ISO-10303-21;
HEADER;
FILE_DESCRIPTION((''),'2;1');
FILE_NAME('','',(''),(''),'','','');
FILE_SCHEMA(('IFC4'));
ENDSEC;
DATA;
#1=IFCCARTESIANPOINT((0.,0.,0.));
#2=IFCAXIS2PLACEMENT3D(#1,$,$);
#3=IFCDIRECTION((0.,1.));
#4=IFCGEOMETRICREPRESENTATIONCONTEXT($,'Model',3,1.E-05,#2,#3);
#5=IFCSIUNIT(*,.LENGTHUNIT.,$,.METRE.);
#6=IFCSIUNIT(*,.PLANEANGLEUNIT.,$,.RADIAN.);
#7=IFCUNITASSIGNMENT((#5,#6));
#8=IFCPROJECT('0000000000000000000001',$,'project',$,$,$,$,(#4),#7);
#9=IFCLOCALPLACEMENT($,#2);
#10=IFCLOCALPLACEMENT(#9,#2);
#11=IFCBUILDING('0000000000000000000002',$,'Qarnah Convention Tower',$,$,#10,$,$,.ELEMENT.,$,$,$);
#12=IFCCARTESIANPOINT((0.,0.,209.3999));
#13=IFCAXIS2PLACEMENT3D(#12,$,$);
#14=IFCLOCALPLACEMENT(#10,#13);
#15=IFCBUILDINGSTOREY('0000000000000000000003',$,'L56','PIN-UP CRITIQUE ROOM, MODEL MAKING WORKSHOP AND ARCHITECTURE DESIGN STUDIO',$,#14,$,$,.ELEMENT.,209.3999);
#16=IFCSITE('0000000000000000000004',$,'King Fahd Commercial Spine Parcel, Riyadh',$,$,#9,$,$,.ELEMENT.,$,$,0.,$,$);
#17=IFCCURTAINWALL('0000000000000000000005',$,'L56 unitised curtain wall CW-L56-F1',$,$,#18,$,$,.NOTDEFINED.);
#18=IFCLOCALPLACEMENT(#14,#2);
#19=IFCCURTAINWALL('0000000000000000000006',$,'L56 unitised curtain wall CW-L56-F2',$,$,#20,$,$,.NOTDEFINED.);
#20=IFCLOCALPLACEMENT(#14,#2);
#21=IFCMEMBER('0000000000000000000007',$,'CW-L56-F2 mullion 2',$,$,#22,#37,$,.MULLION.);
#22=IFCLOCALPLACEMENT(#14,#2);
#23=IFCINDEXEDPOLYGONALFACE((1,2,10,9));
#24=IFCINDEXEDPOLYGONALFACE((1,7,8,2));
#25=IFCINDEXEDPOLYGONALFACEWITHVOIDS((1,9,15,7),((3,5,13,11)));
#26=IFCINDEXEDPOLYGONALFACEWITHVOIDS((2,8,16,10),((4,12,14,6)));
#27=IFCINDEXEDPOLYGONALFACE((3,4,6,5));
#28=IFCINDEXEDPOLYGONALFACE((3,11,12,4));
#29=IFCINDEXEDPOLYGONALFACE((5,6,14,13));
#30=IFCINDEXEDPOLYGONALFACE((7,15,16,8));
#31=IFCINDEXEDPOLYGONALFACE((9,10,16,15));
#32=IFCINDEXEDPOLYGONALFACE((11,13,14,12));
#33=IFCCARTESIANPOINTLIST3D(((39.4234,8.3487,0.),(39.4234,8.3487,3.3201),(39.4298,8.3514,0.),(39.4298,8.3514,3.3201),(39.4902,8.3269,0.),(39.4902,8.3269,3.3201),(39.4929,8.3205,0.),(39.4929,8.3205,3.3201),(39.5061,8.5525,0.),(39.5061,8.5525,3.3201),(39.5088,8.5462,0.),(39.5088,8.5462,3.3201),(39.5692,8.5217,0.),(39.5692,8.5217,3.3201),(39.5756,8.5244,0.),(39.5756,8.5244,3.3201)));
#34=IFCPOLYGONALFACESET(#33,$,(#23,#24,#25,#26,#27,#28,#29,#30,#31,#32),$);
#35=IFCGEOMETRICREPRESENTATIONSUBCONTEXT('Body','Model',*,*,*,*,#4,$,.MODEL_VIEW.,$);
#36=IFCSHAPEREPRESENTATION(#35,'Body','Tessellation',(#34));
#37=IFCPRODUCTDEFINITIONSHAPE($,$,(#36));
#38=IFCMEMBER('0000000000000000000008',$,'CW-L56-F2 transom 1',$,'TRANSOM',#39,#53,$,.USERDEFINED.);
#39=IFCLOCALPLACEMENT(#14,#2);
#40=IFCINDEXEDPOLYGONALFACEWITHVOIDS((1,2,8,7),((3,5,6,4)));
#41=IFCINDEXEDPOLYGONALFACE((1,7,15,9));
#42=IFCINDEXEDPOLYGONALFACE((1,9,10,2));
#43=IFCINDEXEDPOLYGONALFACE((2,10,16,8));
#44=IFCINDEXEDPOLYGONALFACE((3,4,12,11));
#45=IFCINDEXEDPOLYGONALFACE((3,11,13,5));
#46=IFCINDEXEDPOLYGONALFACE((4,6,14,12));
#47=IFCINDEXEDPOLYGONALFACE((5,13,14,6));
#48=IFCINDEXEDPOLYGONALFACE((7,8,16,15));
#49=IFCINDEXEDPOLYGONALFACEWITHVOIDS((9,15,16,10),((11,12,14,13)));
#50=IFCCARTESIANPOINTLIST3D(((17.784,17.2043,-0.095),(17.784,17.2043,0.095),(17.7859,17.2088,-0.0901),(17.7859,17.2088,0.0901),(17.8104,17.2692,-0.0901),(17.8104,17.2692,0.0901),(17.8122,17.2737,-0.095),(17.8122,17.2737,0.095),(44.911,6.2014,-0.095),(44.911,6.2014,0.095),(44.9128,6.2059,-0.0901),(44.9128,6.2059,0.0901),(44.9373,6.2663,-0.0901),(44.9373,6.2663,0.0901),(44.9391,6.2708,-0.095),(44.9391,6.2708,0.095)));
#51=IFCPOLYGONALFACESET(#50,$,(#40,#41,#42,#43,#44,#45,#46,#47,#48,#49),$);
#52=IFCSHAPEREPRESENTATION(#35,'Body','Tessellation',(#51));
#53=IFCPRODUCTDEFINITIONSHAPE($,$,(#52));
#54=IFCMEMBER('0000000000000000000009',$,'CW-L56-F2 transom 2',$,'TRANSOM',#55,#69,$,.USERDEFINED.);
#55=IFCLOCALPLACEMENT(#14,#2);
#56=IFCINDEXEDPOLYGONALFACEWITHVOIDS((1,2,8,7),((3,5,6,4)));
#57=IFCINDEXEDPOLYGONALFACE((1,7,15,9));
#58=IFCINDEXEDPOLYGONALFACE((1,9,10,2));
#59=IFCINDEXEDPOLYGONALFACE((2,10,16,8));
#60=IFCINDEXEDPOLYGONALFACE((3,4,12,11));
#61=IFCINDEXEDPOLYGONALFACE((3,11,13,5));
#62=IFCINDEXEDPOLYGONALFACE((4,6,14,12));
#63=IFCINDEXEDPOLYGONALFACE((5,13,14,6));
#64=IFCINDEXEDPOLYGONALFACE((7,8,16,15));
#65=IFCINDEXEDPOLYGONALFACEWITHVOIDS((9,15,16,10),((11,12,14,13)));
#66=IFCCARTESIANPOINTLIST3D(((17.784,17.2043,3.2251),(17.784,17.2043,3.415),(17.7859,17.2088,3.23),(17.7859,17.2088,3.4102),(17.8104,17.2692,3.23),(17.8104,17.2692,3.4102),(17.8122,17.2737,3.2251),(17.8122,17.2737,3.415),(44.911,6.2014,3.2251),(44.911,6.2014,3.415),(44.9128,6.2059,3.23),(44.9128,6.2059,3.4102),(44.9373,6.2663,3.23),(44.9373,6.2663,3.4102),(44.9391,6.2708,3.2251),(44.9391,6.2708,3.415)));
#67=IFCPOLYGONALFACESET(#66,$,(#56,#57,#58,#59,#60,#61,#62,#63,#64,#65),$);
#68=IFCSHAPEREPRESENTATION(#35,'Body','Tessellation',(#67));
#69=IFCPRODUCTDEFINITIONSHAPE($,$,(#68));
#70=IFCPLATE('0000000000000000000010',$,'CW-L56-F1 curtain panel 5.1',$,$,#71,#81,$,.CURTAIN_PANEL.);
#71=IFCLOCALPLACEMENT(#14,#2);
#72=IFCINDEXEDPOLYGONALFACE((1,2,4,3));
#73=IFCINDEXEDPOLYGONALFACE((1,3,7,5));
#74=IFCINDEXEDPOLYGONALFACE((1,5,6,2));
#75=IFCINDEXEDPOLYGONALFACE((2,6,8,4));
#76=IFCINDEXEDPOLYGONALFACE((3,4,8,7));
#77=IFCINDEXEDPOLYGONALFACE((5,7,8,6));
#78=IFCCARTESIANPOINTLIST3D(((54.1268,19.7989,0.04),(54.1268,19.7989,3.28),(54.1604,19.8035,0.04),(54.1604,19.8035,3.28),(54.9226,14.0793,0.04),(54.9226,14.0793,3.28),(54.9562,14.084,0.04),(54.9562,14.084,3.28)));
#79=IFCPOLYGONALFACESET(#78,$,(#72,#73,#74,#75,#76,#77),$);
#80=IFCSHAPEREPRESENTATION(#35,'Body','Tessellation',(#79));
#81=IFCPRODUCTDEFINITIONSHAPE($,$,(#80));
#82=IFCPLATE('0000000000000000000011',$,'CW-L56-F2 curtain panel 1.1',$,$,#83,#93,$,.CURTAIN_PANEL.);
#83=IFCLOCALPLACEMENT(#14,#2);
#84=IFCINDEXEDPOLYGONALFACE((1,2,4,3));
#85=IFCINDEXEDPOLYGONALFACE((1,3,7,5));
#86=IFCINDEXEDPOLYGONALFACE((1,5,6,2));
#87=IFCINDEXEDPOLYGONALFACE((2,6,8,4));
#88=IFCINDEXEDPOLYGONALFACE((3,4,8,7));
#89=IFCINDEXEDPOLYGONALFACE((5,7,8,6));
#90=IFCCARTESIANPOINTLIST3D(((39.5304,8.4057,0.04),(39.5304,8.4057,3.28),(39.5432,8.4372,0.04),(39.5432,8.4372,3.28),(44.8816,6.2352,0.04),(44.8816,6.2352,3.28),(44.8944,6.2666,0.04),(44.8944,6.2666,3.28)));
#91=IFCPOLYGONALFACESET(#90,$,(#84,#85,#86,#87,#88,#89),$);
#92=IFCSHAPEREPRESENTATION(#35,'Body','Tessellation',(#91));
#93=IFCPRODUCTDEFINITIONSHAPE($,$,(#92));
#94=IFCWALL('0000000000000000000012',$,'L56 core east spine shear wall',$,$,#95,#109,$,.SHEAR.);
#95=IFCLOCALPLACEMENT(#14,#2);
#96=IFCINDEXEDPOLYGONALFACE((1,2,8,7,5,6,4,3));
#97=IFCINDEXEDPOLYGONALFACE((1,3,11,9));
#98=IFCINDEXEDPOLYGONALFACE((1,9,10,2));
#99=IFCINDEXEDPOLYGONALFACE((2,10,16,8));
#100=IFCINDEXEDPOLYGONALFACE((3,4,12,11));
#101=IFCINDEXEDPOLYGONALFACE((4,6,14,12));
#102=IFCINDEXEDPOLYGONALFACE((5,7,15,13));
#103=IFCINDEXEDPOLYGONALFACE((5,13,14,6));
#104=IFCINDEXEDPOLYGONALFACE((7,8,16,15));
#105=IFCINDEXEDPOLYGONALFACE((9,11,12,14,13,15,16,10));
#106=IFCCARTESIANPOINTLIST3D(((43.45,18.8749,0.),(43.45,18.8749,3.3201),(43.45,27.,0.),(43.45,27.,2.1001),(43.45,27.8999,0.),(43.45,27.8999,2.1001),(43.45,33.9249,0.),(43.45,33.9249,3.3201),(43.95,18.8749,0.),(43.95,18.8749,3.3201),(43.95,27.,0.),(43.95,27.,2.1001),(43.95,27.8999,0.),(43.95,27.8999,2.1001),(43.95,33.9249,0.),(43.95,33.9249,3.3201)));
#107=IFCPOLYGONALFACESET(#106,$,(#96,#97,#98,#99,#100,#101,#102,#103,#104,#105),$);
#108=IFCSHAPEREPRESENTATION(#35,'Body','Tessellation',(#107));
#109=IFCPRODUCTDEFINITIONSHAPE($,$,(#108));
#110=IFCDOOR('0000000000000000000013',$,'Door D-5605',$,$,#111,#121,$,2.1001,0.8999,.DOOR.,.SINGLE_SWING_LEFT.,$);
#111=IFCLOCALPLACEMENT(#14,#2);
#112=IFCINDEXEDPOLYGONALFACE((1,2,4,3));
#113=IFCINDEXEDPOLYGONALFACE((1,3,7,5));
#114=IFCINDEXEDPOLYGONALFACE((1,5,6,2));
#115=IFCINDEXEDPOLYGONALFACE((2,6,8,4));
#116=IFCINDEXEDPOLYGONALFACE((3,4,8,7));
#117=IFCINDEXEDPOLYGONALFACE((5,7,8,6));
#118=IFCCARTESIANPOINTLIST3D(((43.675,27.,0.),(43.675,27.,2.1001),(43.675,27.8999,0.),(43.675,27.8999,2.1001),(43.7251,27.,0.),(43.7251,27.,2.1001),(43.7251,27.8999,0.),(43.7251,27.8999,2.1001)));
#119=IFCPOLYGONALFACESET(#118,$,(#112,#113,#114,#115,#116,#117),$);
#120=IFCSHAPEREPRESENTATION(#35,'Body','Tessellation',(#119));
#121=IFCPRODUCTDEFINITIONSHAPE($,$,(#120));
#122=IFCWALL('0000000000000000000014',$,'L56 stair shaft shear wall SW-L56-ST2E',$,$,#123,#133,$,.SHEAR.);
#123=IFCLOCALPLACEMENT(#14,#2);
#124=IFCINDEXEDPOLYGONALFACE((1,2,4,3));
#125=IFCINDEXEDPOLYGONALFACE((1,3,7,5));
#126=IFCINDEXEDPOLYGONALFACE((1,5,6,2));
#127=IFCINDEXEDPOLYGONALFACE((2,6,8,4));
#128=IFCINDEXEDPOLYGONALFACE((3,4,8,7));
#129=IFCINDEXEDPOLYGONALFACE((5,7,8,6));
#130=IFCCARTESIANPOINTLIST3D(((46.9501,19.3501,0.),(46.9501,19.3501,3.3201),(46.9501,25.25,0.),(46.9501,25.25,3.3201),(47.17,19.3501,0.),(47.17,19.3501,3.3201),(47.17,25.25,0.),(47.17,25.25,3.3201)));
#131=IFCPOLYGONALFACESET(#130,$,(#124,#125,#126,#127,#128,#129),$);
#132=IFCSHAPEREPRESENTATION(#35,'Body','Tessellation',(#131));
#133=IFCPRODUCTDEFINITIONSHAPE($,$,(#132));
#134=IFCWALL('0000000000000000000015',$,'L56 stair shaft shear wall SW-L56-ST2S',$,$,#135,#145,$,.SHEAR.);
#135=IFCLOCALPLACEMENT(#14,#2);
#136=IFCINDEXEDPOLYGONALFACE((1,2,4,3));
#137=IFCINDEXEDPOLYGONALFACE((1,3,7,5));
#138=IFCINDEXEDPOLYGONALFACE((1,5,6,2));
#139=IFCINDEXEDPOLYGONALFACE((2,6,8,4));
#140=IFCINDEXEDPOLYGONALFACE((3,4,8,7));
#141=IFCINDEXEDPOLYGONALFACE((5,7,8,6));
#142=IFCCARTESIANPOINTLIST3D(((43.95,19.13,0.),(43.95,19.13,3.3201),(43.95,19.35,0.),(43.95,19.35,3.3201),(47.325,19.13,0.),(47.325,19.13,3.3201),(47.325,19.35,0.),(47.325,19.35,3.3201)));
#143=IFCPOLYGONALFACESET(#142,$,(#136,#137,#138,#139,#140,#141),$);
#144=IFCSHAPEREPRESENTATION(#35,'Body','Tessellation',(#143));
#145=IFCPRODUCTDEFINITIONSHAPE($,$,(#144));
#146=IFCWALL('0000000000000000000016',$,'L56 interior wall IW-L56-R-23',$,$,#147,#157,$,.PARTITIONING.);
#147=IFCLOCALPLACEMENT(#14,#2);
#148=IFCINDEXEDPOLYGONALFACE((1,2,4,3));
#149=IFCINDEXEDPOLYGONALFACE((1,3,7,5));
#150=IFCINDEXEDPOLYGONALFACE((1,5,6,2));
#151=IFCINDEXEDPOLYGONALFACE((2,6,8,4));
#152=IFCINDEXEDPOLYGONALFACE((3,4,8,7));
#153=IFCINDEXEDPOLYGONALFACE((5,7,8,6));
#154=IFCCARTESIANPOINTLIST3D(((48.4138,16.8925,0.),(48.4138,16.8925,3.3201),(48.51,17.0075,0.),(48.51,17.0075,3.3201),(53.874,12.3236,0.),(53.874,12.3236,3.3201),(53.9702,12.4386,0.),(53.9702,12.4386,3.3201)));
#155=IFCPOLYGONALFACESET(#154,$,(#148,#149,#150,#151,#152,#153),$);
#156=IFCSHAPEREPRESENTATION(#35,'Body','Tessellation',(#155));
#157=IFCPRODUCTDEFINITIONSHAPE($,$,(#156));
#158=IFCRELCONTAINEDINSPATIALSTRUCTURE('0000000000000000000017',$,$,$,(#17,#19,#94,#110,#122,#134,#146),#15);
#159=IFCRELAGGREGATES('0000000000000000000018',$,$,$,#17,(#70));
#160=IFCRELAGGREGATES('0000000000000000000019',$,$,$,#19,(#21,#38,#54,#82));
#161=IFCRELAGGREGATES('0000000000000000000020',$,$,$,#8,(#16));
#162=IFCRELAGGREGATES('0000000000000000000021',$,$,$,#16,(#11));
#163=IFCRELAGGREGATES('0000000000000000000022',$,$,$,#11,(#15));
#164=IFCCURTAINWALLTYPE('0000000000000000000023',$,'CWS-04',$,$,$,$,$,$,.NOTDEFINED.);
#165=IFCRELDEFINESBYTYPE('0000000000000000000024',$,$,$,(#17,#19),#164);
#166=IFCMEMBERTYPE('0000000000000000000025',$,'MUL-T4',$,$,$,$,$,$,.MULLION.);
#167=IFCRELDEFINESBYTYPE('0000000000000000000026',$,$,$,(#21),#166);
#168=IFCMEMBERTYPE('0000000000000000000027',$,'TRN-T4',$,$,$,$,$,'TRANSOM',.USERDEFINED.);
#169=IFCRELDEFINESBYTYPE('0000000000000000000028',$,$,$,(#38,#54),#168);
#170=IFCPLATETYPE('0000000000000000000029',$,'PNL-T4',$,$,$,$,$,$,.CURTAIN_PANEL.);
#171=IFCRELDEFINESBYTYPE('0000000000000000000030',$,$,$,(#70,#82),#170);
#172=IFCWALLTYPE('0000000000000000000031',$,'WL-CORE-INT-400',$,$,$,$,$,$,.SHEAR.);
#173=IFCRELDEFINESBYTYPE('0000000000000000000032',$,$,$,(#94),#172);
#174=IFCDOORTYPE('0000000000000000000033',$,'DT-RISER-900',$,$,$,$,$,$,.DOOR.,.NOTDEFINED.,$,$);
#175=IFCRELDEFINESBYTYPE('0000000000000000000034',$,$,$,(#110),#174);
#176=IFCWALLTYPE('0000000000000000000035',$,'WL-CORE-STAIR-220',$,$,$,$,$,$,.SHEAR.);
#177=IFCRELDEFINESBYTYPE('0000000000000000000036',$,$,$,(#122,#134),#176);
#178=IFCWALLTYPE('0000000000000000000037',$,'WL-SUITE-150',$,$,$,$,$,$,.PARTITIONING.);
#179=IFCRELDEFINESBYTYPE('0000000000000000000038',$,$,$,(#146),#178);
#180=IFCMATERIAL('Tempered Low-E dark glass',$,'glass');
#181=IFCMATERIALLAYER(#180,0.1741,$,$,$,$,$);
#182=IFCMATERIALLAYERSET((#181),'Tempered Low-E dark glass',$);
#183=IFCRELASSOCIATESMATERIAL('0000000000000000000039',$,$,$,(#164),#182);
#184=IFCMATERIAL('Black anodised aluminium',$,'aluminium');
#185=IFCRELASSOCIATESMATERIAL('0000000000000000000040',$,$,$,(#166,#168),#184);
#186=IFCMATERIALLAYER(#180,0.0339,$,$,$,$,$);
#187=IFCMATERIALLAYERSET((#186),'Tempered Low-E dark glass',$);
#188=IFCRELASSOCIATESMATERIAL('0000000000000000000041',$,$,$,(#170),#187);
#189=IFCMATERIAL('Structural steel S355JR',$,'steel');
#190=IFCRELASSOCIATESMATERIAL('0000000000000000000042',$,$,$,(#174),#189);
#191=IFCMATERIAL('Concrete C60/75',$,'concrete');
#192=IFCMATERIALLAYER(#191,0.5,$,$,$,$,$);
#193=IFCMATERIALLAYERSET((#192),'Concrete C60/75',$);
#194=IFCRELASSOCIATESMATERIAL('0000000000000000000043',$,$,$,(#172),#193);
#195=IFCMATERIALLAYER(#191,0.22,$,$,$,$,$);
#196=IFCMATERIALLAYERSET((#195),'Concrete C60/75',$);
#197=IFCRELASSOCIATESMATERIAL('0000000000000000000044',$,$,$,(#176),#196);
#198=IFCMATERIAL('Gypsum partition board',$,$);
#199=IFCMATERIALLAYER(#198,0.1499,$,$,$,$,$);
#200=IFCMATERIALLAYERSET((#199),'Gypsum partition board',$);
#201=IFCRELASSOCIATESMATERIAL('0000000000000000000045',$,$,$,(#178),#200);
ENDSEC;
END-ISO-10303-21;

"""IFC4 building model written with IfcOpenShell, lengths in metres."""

from ifc_helpers import new_model, si_unit, direction, frame, frame_2d, origin, origin_2d, place, context, subcontext, project, spatial, rectangle, hollow_rectangle, extrude, material, layer, layer_set, material_profile, profile_set, type_object, element, fill, aggregate, save


model = new_model("IFC4")

# Units and contexts
model_context = context("Model", 3, precision=1e-05, world=origin(), true_north=direction((0.0, 1.0)))
body_context = subcontext(model_context, "Body", "Model", "MODEL_VIEW")
ifc_project = project(units=[si_unit("LENGTHUNIT", "METRE"), si_unit("PLANEANGLEUNIT", "RADIAN")], contexts=[model_context])

# Site, building, storey
site_placement = place(None, origin())
site = spatial("IfcSite", under=ifc_project, at=site_placement, Name="King Fahd Commercial Spine Parcel, Riyadh", CompositionType="ELEMENT", RefElevation=0.0)
building_placement = place(site_placement, origin())
building = spatial("IfcBuilding", under=site, at=building_placement, Name="Qarnah Convention Tower", CompositionType="ELEMENT")
storey_placement = place(building_placement, frame((0.0, 0.0, 209.3999)))
storey = spatial("IfcBuildingStorey", under=building, at=storey_placement, Name="L56", Description="PIN-UP CRITIQUE ROOM, MODEL MAKING WORKSHOP AND ARCHITECTURE DESIGN STUDIO", CompositionType="ELEMENT", Elevation=209.3999)

# Shared definitions
ifc_material_1 = material(Name="Structural steel S355JR", Category="steel")

# Curtain walls, members
ifc_material_2 = material(Name="Tempered Low-E dark glass", Category="glass")
ifc_layer_1 = layer(ifc_material_2, 0.1741)
ifc_layer_set_1 = layer_set([ifc_layer_1], Name="Tempered Low-E dark glass")
curtain_wall_type = type_object("IfcCurtainWallType", Name="CWS-04", PredefinedType="NOTDEFINED", material=ifc_layer_set_1)
curtain_wall_1_placement = place(storey_placement, origin())
curtain_wall_1 = element("IfcCurtainWall", 1, at=curtain_wall_1_placement, inside=storey, type_object=curtain_wall_type, Name="L56 unitised curtain wall CW-L56-F1", PredefinedType="NOTDEFINED")
ifc_material_3 = material(Name="Black anodised aluminium", Category="aluminium")
ifc_material_profile_1 = material_profile(ifc_material_3, hollow_rectangle(XDim=0.075, YDim=0.22, WallThickness=0.0049, at=origin_2d()), Name="MUL-75X220")
ifc_profile_set_1 = profile_set([ifc_material_profile_1], Name="Black anodised aluminium")
member_type_1 = type_object("IfcMemberType", Name="MUL-T4", PredefinedType="MULLION", material=ifc_profile_set_1)
curtain_wall_2_placement = place(storey_placement, origin())
curtain_wall_2 = element("IfcCurtainWall", 2, at=curtain_wall_2_placement, inside=storey, type_object=curtain_wall_type, Name="L56 unitised curtain wall CW-L56-F2", PredefinedType="NOTDEFINED")
member_1_placement = place(storey_placement, frame((39.4995, 8.4365, 0.0), z_axis=(0.0, 0.0, 1.0), x_axis=(-0.926673, 0.375868, 0.0)))
member_1 = element("IfcMember", 3, at=member_1_placement, type_object=member_type_1, Name="CW-L56-F2 mullion 2", PredefinedType="MULLION", context=body_context, shape_type="SweptSolid", body=[
    extrude(hollow_rectangle(XDim=0.075, YDim=0.22, WallThickness=0.0049, at=origin_2d()), origin(), (0.0, 0.0, 1.0), 3.3201),
])
ifc_material_profile_2 = material_profile(ifc_material_3, hollow_rectangle(XDim=0.075, YDim=0.1899, WallThickness=0.0049, at=origin_2d()), Name="TRN-75X190")
ifc_profile_set_2 = profile_set([ifc_material_profile_2], Name="Black anodised aluminium")
member_type_2 = type_object("IfcMemberType", Name="TRN-T4", ElementType="TRANSOM", PredefinedType="USERDEFINED", material=ifc_profile_set_2)
member_2_placement = place(storey_placement, frame((44.925, 6.2361, 0.0), z_axis=(-0.926674, 0.375867, 0.0), x_axis=(-0.375867, -0.926674, 0.0)))
member_2 = element("IfcMember", 4, at=member_2_placement, type_object=member_type_2, Name="CW-L56-F2 transom 1", ObjectType="TRANSOM", PredefinedType="USERDEFINED", context=body_context, shape_type="SweptSolid", body=[
    extrude(hollow_rectangle(XDim=0.075, YDim=0.1899, WallThickness=0.0049, at=origin_2d()), origin(), (0.0, 0.0, 1.0), 29.2734),
])
member_3_placement = place(storey_placement, frame((44.925, 6.2361, 3.3201), z_axis=(-0.926674, 0.375867, 0.0), x_axis=(-0.375867, -0.926674, 0.0)))
member_3 = element("IfcMember", 5, at=member_3_placement, type_object=member_type_2, Name="CW-L56-F2 transom 2", ObjectType="TRANSOM", PredefinedType="USERDEFINED", context=body_context, shape_type="SweptSolid", body=[
    extrude(hollow_rectangle(XDim=0.075, YDim=0.1899, WallThickness=0.0049, at=origin_2d()), origin(), (0.0, 0.0, 1.0), 29.2734),
])

# Plates
ifc_layer_2 = layer(ifc_material_2, 0.0339)
ifc_layer_set_2 = layer_set([ifc_layer_2], Name="Tempered Low-E dark glass")
plate_type = type_object("IfcPlateType", Name="PNL-T4", PredefinedType="CURTAIN_PANEL", material=ifc_layer_set_2)
plate_1_placement = place(storey_placement, frame((54.5415, 16.9414, 0.04), z_axis=(0.0, 0.0, 1.0), x_axis=(0.137805, -0.990459, 0.0)))
plate_1 = element("IfcPlate", 6, at=plate_1_placement, type_object=plate_type, Name="CW-L56-F1 curtain panel 5.1", PredefinedType="CURTAIN_PANEL", context=body_context, shape_type="SweptSolid", body=[
    extrude(rectangle(XDim=5.7747, YDim=0.0339, at=origin_2d()), origin(), (0.0, 0.0, 1.0), 3.24),
])
aggregate(curtain_wall_1, [plate_1])
plate_2_placement = place(storey_placement, frame((42.2124, 7.3362, 0.04), z_axis=(0.0, 0.0, 1.0), x_axis=(-0.926673, 0.375868, 0.0)))
plate_2 = element("IfcPlate", 7, at=plate_2_placement, type_object=plate_type, Name="CW-L56-F2 curtain panel 1.1", PredefinedType="CURTAIN_PANEL", context=body_context, shape_type="SweptSolid", body=[
    extrude(rectangle(XDim=5.7747, YDim=0.0339, at=origin_2d()), origin(), (0.0, 0.0, 1.0), 3.24),
])
aggregate(curtain_wall_2, [member_1, member_2, member_3, plate_2])

# Shared definitions
ifc_material_4 = material(Name="Concrete C60/75", Category="concrete")
door_type_1 = type_object("IfcDoorType", Name="DT-RISER-900", OperationType="NOTDEFINED", PredefinedType="DOOR", material=ifc_material_1)

# Wall, opening, door
ifc_layer_3 = layer(ifc_material_4, 0.5)
ifc_layer_set_3 = layer_set([ifc_layer_3], Name="Concrete C60/75")
wall_type_1 = type_object("IfcWallType", Name="WL-CORE-INT-400", PredefinedType="SHEAR", material=ifc_layer_set_3)
wall_1_placement = place(storey_placement, frame((43.7, 18.875, 0.0), z_axis=(0.0, 0.0, 1.0), x_axis=(0.0, 1.0, 0.0)))
wall_1 = element("IfcWall", 8, at=wall_1_placement, inside=storey, type_object=wall_type_1, Name="L56 core east spine shear wall", PredefinedType="SHEAR", context=body_context, shape_type="SweptSolid", body=[
    extrude(rectangle(XDim=15.05, YDim=0.5, at=frame_2d((7.5249, 0.0))), origin(), (0.0, 0.0, 1.0), 3.3201),
])
opening_1_placement = place(wall_1_placement, frame((8.125, 0.0, 0.0)))
opening_1 = element("IfcOpeningElement", 9, at=opening_1_placement, cuts=wall_1, PredefinedType="OPENING", context=body_context, shape_type="SweptSolid", body=[
    extrude(rectangle(XDim=0.8999, YDim=2.1001, at=frame_2d((0.45, 1.05))), frame((0.0, 0.26, 0.0), z_axis=(0.0, -1.0, 0.0), x_axis=(1.0, 0.0, 0.0)), (0.0, 0.0, 1.0), 0.52),
])
door_1_placement = place(opening_1_placement, origin())
door_1 = element("IfcDoor", 10, at=door_1_placement, inside=storey, type_object=door_type_1, Name="Door D-5605", OperationType="SINGLE_SWING_LEFT", OverallHeight=2.1001, OverallWidth=0.8999, PredefinedType="DOOR", context=body_context, shape_type="SweptSolid", body=[
    extrude(rectangle(XDim=0.8999, YDim=2.1001, at=frame_2d((0.45, 1.05))), frame((0.0, 0.0249, 0.0), z_axis=(0.0, -1.0, 0.0), x_axis=(1.0, 0.0, 0.0)), (0.0, 0.0, 1.0), 0.05),
])
fill(opening_1, door_1)

# Walls
ifc_layer_4 = layer(ifc_material_4, 0.22)
ifc_layer_set_4 = layer_set([ifc_layer_4], Name="Concrete C60/75")
wall_type_2 = type_object("IfcWallType", Name="WL-CORE-STAIR-220", PredefinedType="SHEAR", material=ifc_layer_set_4)
wall_2_placement = place(storey_placement, frame((47.0601, 19.3501, 0.0), z_axis=(0.0, 0.0, 1.0), x_axis=(0.0, 1.0, 0.0)))
element("IfcWall", 11, at=wall_2_placement, inside=storey, type_object=wall_type_2, Name="L56 stair shaft shear wall SW-L56-ST2E", PredefinedType="SHEAR", context=body_context, shape_type="SweptSolid", body=[
    extrude(rectangle(XDim=5.8999, YDim=0.22, at=frame_2d((2.95, 0.0))), origin(), (0.0, 0.0, 1.0), 3.3201),
])
wall_3_placement = place(storey_placement, frame((43.95, 19.24, 0.0), z_axis=(0.0, 0.0, 1.0), x_axis=(1.0, 0.0, 0.0)))
element("IfcWall", 12, at=wall_3_placement, inside=storey, type_object=wall_type_2, Name="L56 stair shaft shear wall SW-L56-ST2S", PredefinedType="SHEAR", context=body_context, shape_type="SweptSolid", body=[
    extrude(rectangle(XDim=3.375, YDim=0.22, at=frame_2d((1.6875, 0.0))), origin(), (0.0, 0.0, 1.0), 3.3201),
])

# Wall
ifc_material_5 = material(Name="Gypsum partition board")
ifc_layer_5 = layer(ifc_material_5, 0.1499)
ifc_layer_set_5 = layer_set([ifc_layer_5], Name="Gypsum partition board")
wall_type_3 = type_object("IfcWallType", Name="WL-SUITE-150", PredefinedType="PARTITIONING", material=ifc_layer_set_5)
wall_4_placement = place(storey_placement, frame((53.9221, 12.3811, 0.0), z_axis=(0.0, 0.0, 1.0), x_axis=(-0.76693, 0.641731, 0.0)))
element("IfcWall", 13, at=wall_4_placement, inside=storey, type_object=wall_type_3, Name="L56 interior wall IW-L56-R-23", PredefinedType="PARTITIONING", context=body_context, shape_type="SweptSolid", body=[
    extrude(rectangle(XDim=7.1196, YDim=0.1499, at=frame_2d((3.5598, 0.0))), origin(), (0.0, 0.0, 1.0), 3.3201),
])

save(model, "model.ifc")
